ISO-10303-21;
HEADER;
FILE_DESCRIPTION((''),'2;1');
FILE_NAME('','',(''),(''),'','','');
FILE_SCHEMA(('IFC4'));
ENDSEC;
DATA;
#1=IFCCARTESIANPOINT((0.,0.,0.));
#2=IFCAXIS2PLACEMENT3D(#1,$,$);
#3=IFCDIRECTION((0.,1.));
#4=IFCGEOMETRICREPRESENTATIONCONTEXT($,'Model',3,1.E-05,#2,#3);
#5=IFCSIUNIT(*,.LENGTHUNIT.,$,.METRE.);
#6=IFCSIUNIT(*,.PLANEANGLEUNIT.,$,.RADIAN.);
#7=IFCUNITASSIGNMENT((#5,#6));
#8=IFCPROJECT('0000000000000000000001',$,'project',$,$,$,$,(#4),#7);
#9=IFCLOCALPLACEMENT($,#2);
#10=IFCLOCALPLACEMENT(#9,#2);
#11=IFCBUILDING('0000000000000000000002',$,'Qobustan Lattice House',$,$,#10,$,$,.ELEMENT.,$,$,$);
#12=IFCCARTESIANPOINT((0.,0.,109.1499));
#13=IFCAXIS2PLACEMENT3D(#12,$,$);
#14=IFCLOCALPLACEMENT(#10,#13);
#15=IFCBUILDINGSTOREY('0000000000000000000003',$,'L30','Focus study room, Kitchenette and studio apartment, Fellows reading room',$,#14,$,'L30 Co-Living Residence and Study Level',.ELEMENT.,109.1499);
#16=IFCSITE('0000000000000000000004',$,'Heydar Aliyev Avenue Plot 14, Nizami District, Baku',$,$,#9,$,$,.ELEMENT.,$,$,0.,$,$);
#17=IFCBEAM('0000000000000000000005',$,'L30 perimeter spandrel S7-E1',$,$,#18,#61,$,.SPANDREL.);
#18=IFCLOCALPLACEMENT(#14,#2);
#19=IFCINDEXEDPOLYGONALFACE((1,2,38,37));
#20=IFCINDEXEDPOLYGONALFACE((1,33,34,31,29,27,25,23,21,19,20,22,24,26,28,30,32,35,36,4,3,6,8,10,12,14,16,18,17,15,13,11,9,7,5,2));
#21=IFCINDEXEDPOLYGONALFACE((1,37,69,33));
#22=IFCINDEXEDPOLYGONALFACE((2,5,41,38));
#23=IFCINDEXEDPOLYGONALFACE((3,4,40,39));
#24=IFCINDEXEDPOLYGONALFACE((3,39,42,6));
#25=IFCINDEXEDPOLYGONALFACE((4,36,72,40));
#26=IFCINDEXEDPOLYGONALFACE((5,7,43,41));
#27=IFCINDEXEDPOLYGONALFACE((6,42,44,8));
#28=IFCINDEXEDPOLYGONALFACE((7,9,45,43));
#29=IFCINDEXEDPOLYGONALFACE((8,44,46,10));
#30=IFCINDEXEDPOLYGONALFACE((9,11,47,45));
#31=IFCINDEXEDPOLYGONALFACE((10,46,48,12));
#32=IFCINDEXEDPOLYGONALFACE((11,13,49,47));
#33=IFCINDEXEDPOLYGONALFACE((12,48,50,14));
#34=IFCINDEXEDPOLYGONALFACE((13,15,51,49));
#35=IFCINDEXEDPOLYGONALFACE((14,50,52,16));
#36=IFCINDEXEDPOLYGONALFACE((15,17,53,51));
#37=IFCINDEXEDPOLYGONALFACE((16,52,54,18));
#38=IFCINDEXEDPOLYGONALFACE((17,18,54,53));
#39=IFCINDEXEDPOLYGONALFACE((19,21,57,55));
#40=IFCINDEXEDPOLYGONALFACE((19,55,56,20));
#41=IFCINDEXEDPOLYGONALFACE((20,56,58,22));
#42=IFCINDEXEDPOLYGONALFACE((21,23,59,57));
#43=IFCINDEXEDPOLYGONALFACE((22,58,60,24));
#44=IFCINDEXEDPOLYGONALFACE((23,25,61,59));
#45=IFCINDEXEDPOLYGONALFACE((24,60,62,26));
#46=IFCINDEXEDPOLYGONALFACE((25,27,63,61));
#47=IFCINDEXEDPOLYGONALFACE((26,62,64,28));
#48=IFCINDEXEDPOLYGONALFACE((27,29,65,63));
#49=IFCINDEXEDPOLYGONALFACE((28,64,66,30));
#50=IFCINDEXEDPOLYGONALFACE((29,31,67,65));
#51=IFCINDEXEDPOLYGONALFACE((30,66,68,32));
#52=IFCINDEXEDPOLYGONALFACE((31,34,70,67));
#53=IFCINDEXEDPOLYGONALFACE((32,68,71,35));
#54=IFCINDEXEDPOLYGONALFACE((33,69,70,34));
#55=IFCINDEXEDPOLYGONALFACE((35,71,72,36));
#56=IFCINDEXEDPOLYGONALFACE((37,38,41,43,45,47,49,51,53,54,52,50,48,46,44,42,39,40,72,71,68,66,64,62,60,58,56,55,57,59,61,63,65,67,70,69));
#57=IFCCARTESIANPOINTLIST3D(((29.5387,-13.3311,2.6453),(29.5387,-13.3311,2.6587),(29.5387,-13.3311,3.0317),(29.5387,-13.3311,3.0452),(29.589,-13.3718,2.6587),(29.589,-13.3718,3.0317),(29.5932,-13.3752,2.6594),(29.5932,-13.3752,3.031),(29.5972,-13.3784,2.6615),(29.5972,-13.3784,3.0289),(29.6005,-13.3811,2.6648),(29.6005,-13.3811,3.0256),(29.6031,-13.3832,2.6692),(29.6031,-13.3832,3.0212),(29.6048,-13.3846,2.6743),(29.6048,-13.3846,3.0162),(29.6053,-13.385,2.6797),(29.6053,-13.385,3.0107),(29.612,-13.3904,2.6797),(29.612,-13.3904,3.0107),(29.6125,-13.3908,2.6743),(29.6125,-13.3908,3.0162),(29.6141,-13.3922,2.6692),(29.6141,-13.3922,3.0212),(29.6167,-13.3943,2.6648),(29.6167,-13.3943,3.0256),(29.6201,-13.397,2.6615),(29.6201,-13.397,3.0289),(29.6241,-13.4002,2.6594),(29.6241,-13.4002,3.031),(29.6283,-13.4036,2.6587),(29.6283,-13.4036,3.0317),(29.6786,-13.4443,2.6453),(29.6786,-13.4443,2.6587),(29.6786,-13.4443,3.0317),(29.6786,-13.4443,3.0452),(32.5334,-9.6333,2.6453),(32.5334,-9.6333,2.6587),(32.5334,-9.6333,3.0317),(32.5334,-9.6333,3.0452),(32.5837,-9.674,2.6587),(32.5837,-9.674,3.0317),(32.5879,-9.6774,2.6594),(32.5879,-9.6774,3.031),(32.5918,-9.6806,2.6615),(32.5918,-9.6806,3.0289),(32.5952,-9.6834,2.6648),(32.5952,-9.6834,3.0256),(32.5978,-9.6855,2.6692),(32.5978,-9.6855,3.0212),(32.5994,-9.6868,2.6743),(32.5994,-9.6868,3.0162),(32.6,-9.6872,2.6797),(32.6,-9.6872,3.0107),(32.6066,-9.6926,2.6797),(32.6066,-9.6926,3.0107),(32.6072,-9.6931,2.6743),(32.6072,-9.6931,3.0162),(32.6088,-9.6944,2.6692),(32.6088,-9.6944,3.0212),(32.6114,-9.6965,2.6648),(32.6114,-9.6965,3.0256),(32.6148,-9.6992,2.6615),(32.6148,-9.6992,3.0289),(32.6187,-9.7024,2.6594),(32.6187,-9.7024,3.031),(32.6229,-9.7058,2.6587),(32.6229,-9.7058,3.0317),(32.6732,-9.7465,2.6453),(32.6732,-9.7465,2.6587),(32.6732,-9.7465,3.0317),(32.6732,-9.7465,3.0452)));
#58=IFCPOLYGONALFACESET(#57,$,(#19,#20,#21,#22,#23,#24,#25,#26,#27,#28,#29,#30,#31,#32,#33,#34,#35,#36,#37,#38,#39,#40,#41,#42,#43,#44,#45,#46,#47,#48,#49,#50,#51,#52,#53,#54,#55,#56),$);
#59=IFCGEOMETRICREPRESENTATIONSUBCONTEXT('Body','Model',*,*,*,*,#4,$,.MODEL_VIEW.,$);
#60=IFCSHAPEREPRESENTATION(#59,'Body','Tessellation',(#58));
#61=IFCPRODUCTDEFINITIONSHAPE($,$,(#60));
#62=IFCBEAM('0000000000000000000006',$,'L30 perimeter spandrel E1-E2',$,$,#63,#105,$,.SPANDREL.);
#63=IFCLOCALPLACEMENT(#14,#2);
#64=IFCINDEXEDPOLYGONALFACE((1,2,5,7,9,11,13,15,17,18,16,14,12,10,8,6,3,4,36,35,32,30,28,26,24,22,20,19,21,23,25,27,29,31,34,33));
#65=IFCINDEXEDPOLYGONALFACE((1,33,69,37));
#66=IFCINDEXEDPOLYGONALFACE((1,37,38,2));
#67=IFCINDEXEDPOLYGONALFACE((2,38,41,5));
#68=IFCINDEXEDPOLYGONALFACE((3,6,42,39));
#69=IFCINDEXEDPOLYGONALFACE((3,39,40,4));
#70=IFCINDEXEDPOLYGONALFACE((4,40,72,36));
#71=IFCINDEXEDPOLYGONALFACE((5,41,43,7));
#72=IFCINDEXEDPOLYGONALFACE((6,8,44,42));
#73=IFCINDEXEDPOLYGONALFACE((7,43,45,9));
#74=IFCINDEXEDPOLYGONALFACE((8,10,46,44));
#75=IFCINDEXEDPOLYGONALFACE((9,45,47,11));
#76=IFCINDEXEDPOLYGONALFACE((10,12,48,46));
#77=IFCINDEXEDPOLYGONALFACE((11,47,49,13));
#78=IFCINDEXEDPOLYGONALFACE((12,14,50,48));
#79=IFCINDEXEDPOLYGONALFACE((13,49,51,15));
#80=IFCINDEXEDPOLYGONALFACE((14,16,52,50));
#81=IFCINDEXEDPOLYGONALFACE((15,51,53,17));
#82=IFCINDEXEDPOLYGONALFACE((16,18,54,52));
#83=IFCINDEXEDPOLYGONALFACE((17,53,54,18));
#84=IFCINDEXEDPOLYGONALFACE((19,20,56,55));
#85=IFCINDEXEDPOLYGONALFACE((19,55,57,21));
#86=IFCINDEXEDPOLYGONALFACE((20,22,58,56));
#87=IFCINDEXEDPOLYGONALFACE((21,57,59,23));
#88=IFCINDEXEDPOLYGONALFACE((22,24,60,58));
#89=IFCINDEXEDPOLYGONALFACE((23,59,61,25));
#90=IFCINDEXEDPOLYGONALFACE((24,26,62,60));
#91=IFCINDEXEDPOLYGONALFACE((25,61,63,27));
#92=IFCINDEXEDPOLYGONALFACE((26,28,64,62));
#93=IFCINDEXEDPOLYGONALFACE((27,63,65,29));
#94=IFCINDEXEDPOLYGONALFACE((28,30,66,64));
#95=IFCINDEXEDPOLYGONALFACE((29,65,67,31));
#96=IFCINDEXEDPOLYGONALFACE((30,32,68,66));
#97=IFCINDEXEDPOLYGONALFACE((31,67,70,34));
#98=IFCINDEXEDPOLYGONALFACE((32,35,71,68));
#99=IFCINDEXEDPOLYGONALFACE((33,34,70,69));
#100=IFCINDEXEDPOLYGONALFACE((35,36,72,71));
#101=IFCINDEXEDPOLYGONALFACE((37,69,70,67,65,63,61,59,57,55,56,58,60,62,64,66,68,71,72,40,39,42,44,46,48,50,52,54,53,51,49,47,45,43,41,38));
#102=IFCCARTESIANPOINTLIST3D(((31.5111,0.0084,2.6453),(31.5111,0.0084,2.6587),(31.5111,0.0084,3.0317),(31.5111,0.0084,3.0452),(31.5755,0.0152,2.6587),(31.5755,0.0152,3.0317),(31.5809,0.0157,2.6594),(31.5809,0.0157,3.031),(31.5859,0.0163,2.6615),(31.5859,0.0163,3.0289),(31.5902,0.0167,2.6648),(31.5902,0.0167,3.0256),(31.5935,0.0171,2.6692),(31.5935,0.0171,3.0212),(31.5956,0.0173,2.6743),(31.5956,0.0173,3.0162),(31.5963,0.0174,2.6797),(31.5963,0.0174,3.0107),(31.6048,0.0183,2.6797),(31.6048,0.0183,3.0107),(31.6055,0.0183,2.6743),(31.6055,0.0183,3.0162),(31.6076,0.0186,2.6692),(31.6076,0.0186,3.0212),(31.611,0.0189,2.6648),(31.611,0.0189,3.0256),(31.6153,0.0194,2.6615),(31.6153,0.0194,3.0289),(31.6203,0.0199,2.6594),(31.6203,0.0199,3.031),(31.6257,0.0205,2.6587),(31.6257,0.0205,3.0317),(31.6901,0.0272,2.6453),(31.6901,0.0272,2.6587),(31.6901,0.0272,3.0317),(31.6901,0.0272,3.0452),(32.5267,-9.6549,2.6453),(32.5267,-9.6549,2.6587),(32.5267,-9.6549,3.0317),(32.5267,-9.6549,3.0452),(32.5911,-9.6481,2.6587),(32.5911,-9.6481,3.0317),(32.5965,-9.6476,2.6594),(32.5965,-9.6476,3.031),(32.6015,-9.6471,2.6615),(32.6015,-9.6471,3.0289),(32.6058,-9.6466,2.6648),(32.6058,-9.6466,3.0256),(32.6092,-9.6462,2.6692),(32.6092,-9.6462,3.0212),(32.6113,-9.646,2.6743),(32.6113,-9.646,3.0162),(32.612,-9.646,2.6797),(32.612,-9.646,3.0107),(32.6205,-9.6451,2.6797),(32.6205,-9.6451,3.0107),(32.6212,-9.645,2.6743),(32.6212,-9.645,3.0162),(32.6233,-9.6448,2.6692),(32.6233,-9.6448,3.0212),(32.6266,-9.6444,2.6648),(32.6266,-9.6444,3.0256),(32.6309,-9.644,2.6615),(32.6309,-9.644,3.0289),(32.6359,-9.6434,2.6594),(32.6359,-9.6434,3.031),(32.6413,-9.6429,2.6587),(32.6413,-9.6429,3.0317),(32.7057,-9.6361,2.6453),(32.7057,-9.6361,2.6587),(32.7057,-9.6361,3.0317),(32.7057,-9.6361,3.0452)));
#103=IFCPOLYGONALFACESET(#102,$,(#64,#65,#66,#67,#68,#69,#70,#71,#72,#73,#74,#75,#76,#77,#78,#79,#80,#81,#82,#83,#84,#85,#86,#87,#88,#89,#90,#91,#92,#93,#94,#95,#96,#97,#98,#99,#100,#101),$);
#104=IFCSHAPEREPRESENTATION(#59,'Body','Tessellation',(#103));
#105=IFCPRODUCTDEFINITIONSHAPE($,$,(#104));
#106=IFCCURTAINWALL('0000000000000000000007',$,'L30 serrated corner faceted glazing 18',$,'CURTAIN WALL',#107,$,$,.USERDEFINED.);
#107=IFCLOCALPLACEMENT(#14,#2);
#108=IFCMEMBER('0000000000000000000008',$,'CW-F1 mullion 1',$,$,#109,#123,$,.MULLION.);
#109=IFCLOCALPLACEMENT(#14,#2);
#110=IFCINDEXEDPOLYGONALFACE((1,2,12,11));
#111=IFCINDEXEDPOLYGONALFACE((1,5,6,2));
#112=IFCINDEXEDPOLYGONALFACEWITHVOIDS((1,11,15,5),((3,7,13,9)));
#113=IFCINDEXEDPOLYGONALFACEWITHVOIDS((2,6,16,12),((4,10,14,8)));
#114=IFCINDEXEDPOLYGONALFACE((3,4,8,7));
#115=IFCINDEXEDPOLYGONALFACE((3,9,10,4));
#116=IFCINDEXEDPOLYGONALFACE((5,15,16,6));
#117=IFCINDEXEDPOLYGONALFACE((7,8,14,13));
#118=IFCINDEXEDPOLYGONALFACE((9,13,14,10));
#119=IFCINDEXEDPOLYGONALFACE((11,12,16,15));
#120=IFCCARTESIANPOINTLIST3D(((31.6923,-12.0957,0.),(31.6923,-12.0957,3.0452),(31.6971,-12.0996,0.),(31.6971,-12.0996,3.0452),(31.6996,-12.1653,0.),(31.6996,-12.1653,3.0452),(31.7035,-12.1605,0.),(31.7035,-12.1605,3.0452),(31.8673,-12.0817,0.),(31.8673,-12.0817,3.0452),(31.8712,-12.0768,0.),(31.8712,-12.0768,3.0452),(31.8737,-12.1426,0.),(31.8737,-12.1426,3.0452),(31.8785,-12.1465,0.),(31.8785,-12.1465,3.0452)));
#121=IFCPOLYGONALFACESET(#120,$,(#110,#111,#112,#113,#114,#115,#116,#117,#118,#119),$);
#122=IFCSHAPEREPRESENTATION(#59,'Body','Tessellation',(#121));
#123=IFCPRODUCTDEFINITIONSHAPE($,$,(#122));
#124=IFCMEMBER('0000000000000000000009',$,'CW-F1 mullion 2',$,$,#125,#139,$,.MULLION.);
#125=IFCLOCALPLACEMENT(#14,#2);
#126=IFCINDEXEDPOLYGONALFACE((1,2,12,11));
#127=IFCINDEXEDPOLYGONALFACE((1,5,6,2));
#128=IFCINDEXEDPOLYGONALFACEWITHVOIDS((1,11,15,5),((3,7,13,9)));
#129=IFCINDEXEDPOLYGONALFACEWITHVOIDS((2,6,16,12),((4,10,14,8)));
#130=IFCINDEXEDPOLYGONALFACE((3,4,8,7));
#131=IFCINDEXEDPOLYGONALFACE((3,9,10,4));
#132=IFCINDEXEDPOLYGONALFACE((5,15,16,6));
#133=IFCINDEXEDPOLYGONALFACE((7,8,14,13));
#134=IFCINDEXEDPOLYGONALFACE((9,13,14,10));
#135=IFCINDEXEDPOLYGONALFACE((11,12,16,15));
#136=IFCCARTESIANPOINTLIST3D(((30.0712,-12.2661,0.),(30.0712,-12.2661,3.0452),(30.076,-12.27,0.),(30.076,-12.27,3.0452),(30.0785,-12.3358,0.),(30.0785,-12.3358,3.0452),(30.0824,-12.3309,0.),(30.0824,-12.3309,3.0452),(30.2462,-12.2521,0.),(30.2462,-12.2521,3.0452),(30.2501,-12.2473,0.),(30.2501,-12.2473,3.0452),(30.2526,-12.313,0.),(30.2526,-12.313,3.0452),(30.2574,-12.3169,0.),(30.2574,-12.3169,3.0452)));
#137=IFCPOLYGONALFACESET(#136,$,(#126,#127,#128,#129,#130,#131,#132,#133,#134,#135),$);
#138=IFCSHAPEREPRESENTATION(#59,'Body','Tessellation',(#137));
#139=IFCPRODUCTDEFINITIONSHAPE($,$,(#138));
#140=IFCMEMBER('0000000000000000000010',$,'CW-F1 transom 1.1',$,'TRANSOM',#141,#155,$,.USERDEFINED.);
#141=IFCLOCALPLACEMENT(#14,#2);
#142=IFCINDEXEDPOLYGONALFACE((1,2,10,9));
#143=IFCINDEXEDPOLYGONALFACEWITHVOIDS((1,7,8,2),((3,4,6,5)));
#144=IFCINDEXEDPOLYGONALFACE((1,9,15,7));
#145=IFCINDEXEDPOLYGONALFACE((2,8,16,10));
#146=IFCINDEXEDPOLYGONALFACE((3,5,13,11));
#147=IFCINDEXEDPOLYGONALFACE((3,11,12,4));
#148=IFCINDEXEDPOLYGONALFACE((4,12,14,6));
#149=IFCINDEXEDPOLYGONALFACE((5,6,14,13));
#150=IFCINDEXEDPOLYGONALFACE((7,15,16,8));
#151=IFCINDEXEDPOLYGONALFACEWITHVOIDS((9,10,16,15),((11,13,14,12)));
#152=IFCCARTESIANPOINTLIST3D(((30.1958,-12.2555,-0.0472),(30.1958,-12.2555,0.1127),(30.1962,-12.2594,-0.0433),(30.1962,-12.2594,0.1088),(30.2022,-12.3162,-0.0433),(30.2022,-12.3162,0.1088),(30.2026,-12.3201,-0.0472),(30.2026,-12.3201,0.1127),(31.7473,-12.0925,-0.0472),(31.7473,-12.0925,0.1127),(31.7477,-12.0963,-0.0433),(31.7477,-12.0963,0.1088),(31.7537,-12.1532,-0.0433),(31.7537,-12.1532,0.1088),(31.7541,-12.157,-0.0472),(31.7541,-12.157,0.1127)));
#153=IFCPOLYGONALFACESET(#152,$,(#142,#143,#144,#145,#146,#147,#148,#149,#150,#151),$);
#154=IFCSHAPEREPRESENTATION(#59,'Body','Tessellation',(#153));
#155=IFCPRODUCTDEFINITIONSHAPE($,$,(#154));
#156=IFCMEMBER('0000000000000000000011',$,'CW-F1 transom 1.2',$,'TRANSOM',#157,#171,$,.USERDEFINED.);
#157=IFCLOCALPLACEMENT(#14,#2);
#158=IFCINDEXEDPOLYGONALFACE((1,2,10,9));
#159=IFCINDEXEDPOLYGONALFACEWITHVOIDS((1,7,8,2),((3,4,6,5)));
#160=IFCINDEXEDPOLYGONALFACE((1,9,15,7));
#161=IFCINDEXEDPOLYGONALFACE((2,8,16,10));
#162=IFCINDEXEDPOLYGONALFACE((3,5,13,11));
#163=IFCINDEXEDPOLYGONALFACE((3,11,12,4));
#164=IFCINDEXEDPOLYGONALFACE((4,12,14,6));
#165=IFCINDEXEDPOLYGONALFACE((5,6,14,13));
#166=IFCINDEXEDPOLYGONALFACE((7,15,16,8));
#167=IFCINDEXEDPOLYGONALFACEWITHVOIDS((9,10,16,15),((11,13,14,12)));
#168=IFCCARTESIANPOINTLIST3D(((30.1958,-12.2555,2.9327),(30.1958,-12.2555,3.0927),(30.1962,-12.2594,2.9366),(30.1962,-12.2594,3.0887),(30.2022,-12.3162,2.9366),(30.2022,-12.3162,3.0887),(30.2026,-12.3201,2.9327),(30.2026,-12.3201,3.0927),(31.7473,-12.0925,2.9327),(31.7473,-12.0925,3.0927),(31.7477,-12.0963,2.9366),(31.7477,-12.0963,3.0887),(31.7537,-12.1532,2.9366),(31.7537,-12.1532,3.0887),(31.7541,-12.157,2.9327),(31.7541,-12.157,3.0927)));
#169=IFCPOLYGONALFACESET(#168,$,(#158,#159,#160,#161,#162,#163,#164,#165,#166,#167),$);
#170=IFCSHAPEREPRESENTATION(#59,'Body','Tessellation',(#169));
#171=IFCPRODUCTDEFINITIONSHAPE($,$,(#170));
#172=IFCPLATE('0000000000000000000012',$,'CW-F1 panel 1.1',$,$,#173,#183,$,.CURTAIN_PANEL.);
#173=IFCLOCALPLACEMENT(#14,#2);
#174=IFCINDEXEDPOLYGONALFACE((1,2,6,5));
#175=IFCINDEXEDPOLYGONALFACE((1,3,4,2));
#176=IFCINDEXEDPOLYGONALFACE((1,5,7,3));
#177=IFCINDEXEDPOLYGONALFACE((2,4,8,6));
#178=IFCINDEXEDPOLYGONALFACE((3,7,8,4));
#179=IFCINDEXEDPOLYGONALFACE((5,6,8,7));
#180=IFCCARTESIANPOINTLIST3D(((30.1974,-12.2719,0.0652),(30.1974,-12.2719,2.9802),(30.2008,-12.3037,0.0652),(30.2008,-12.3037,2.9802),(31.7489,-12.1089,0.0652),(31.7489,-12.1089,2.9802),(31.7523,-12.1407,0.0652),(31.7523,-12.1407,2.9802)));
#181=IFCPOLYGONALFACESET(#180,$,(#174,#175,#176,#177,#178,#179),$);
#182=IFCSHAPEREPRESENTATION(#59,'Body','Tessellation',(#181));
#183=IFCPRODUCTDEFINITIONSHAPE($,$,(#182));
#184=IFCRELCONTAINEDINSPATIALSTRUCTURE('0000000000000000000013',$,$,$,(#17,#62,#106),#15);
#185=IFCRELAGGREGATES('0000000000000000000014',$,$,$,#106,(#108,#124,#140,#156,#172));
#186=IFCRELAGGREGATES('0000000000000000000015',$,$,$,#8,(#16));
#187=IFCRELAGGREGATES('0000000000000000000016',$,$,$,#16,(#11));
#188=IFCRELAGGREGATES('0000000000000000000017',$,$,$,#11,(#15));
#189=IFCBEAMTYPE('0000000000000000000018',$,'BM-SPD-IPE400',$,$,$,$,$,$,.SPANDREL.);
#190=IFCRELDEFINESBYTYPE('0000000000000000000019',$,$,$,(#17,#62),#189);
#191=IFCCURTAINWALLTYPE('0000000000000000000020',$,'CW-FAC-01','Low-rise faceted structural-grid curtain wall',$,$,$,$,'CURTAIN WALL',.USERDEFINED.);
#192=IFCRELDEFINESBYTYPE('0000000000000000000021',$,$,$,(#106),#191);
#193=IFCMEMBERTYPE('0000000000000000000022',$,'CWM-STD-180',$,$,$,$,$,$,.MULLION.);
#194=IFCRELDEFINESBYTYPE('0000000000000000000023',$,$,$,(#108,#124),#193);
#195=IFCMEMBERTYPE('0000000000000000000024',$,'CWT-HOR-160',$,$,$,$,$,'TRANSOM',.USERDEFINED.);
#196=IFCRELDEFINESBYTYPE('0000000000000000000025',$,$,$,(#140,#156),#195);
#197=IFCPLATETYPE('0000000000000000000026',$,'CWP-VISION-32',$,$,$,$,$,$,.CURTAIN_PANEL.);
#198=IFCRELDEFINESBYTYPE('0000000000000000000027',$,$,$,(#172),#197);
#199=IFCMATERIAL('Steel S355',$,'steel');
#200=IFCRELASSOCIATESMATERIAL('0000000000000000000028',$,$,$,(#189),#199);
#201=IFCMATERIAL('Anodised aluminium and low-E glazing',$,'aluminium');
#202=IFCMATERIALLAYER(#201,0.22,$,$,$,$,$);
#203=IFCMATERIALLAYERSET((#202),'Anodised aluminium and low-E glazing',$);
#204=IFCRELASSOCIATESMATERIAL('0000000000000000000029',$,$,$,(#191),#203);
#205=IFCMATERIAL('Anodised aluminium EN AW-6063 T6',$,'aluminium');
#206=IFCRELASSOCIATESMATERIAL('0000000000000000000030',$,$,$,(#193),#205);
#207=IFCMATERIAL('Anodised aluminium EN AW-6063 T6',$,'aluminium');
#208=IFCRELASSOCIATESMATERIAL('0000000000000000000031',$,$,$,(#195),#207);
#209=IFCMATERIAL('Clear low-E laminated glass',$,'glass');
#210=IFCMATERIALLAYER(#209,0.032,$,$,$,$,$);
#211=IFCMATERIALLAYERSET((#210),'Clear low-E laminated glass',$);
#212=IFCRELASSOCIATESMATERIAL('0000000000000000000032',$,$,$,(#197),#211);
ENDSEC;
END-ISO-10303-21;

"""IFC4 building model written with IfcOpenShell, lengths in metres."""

from ifc_helpers import new_model, si_unit, direction, frame, origin, origin_2d, place, context, subcontext, project, spatial, rectangle, hollow_rectangle, i_section, extrude, material, layer, layer_set, material_profile, profile_set, type_object, element, aggregate, save


model = new_model("IFC4")

# Units and contexts
model_context = context("Model", 3, precision=1e-05, world=origin(), true_north=direction((0.0, 1.0)))
body_context = subcontext(model_context, "Body", "Model", "MODEL_VIEW")
ifc_project = project(units=[si_unit("LENGTHUNIT", "METRE"), si_unit("PLANEANGLEUNIT", "RADIAN")], contexts=[model_context])

# Site, building, storey
site_placement = place(None, origin())
site = spatial("IfcSite", under=ifc_project, at=site_placement, Name="Heydar Aliyev Avenue Plot 14, Nizami District, Baku", CompositionType="ELEMENT", RefElevation=0.0)
building_placement = place(site_placement, origin())
building = spatial("IfcBuilding", under=site, at=building_placement, Name="Qobustan Lattice House", CompositionType="ELEMENT")
storey_placement = place(building_placement, frame((0.0, 0.0, 109.1499)))
storey = spatial("IfcBuildingStorey", under=building, at=storey_placement, Name="L30", Description="Focus study room, Kitchenette and studio apartment, Fellows reading room", LongName="L30 Co-Living Residence and Study Level", CompositionType="ELEMENT", Elevation=109.1499)

# Beams
ifc_material_1 = material(Name="Steel S355", Category="steel")
ifc_material_profile_1 = material_profile(ifc_material_1, i_section(OverallWidth=0.1799, OverallDepth=0.3999, WebThickness=0.0085, FlangeThickness=0.0134, FilletRadius=0.021, at=origin_2d()), Name="IPE400")
ifc_profile_set_1 = profile_set([ifc_material_profile_1], Name="Steel S355")
beam_type_1 = type_object("IfcBeamType", Name="BM-SPD-IPE400", PredefinedType="SPANDREL", material=ifc_profile_set_1)
beam_1_placement = place(storey_placement, frame((29.6086, -13.3877, 2.8452), z_axis=(0.629352, 0.777121, 0.0), x_axis=(-0.777121, 0.629352, 0.0)))
element("IfcBeam", 1, at=beam_1_placement, inside=storey, type_object=beam_type_1, Name="L30 perimeter spandrel S7-E1", PredefinedType="SPANDREL", context=body_context, shape_type="SweptSolid", body=[
    extrude(i_section(OverallWidth=0.1799, OverallDepth=0.3999, WebThickness=0.0085, FlangeThickness=0.0134, FilletRadius=0.021, at=origin_2d()), origin(), (0.0, 0.0, 1.0), 4.7583),
])
beam_2_placement = place(storey_placement, frame((32.6162, -9.6455, 2.8452), z_axis=(-0.104525, 0.994522, 0.0), x_axis=(-0.994522, -0.104525, 0.0)))
element("IfcBeam", 2, at=beam_2_placement, inside=storey, type_object=beam_type_1, Name="L30 perimeter spandrel E1-E2", PredefinedType="SPANDREL", context=body_context, shape_type="SweptSolid", body=[
    extrude(i_section(OverallWidth=0.1799, OverallDepth=0.3999, WebThickness=0.0085, FlangeThickness=0.0134, FilletRadius=0.021, at=origin_2d()), origin(), (0.0, 0.0, 1.0), 9.7166),
])

# Curtain wall, members, plate
ifc_material_2 = material(Name="Anodised aluminium and low-E glazing", Category="aluminium")
ifc_layer_1 = layer(ifc_material_2, 0.22)
ifc_layer_set_1 = layer_set([ifc_layer_1], Name="Anodised aluminium and low-E glazing")
curtain_wall_type = type_object("IfcCurtainWallType", Name="CW-FAC-01", Description="Low-rise faceted structural-grid curtain wall", ElementType="CURTAIN WALL", PredefinedType="USERDEFINED", material=ifc_layer_set_1)
curtain_wall_placement = place(storey_placement, origin())
curtain_wall = element("IfcCurtainWall", 3, at=curtain_wall_placement, inside=storey, type_object=curtain_wall_type, Name="L30 serrated corner faceted glazing 18", ObjectType="CURTAIN WALL", PredefinedType="USERDEFINED")
ifc_material_3 = material(Name="Anodised aluminium EN AW-6063 T6", Category="aluminium")
ifc_material_profile_2 = material_profile(ifc_material_3, hollow_rectangle(XDim=0.0701, YDim=0.1799, WallThickness=0.0044, at=origin_2d()), Name="CWM-180x70")
ifc_profile_set_2 = profile_set([ifc_material_profile_2], Name="Anodised aluminium EN AW-6063 T6")
member_type_1 = type_object("IfcMemberType", Name="CWM-STD-180", PredefinedType="MULLION", material=ifc_profile_set_2)
member_1_placement = place(storey_placement, frame((31.7854, -12.1211, 0.0), z_axis=(0.0, 0.0, 1.0), x_axis=(0.104529, -0.994522, 0.0)))
member_1 = element("IfcMember", 4, at=member_1_placement, type_object=member_type_1, Name="CW-F1 mullion 1", PredefinedType="MULLION", context=body_context, shape_type="SweptSolid", body=[
    extrude(hollow_rectangle(XDim=0.0701, YDim=0.1799, WallThickness=0.0044, at=origin_2d()), origin(), (0.0, 0.0, 1.0), 3.0452),
])
member_2_placement = place(storey_placement, frame((30.1643, -12.2915, 0.0), z_axis=(0.0, 0.0, 1.0), x_axis=(0.104529, -0.994522, 0.0)))
member_2 = element("IfcMember", 5, at=member_2_placement, type_object=member_type_1, Name="CW-F1 mullion 2", PredefinedType="MULLION", context=body_context, shape_type="SweptSolid", body=[
    extrude(hollow_rectangle(XDim=0.0701, YDim=0.1799, WallThickness=0.0044, at=origin_2d()), origin(), (0.0, 0.0, 1.0), 3.0452),
])
ifc_material_4 = material(Name="Anodised aluminium EN AW-6063 T6", Category="aluminium")
ifc_material_profile_3 = material_profile(ifc_material_4, hollow_rectangle(XDim=0.0649, YDim=0.1599, WallThickness=0.0039, at=origin_2d()), Name="CWT-160x65")
ifc_profile_set_3 = profile_set([ifc_material_profile_3], Name="Anodised aluminium EN AW-6063 T6")
member_type_2 = type_object("IfcMemberType", Name="CWT-HOR-160", ElementType="TRANSOM", PredefinedType="USERDEFINED", material=ifc_profile_set_3)
member_3_placement = place(storey_placement, frame((31.7507, -12.1248, 0.0327), z_axis=(-0.994521, -0.104538, 0.0), x_axis=(0.104538, -0.994521, 0.0)))
member_3 = element("IfcMember", 6, at=member_3_placement, type_object=member_type_2, Name="CW-F1 transom 1.1", ObjectType="TRANSOM", PredefinedType="USERDEFINED", context=body_context, shape_type="SweptSolid", body=[
    extrude(hollow_rectangle(XDim=0.0649, YDim=0.1599, WallThickness=0.0039, at=origin_2d()), origin(), (0.0, 0.0, 1.0), 1.5601),
])
member_4_placement = place(storey_placement, frame((31.7507, -12.1248, 3.0127), z_axis=(-0.994521, -0.104538, 0.0), x_axis=(0.104538, -0.994521, 0.0)))
member_4 = element("IfcMember", 7, at=member_4_placement, type_object=member_type_2, Name="CW-F1 transom 1.2", ObjectType="TRANSOM", PredefinedType="USERDEFINED", context=body_context, shape_type="SweptSolid", body=[
    extrude(hollow_rectangle(XDim=0.0649, YDim=0.1599, WallThickness=0.0039, at=origin_2d()), origin(), (0.0, 0.0, 1.0), 1.5601),
])
ifc_material_5 = material(Name="Clear low-E laminated glass", Category="glass")
ifc_layer_2 = layer(ifc_material_5, 0.032)
ifc_layer_set_2 = layer_set([ifc_layer_2], Name="Clear low-E laminated glass")
plate_type_1 = type_object("IfcPlateType", Name="CWP-VISION-32", PredefinedType="CURTAIN_PANEL", material=ifc_layer_set_2)
plate_1_placement = place(storey_placement, frame((30.9749, -12.2063, 0.0652), z_axis=(0.0, 0.0, 1.0), x_axis=(-0.994522, -0.104529, 0.0)))
plate_1 = element("IfcPlate", 8, at=plate_1_placement, type_object=plate_type_1, Name="CW-F1 panel 1.1", PredefinedType="CURTAIN_PANEL", context=body_context, shape_type="SweptSolid", body=[
    extrude(rectangle(XDim=1.5601, YDim=0.032, at=origin_2d()), origin(), (0.0, 0.0, 1.0), 2.915),
])
aggregate(curtain_wall, [member_1, member_2, member_3, member_4, plate_1])

save(model, "model.ifc")
